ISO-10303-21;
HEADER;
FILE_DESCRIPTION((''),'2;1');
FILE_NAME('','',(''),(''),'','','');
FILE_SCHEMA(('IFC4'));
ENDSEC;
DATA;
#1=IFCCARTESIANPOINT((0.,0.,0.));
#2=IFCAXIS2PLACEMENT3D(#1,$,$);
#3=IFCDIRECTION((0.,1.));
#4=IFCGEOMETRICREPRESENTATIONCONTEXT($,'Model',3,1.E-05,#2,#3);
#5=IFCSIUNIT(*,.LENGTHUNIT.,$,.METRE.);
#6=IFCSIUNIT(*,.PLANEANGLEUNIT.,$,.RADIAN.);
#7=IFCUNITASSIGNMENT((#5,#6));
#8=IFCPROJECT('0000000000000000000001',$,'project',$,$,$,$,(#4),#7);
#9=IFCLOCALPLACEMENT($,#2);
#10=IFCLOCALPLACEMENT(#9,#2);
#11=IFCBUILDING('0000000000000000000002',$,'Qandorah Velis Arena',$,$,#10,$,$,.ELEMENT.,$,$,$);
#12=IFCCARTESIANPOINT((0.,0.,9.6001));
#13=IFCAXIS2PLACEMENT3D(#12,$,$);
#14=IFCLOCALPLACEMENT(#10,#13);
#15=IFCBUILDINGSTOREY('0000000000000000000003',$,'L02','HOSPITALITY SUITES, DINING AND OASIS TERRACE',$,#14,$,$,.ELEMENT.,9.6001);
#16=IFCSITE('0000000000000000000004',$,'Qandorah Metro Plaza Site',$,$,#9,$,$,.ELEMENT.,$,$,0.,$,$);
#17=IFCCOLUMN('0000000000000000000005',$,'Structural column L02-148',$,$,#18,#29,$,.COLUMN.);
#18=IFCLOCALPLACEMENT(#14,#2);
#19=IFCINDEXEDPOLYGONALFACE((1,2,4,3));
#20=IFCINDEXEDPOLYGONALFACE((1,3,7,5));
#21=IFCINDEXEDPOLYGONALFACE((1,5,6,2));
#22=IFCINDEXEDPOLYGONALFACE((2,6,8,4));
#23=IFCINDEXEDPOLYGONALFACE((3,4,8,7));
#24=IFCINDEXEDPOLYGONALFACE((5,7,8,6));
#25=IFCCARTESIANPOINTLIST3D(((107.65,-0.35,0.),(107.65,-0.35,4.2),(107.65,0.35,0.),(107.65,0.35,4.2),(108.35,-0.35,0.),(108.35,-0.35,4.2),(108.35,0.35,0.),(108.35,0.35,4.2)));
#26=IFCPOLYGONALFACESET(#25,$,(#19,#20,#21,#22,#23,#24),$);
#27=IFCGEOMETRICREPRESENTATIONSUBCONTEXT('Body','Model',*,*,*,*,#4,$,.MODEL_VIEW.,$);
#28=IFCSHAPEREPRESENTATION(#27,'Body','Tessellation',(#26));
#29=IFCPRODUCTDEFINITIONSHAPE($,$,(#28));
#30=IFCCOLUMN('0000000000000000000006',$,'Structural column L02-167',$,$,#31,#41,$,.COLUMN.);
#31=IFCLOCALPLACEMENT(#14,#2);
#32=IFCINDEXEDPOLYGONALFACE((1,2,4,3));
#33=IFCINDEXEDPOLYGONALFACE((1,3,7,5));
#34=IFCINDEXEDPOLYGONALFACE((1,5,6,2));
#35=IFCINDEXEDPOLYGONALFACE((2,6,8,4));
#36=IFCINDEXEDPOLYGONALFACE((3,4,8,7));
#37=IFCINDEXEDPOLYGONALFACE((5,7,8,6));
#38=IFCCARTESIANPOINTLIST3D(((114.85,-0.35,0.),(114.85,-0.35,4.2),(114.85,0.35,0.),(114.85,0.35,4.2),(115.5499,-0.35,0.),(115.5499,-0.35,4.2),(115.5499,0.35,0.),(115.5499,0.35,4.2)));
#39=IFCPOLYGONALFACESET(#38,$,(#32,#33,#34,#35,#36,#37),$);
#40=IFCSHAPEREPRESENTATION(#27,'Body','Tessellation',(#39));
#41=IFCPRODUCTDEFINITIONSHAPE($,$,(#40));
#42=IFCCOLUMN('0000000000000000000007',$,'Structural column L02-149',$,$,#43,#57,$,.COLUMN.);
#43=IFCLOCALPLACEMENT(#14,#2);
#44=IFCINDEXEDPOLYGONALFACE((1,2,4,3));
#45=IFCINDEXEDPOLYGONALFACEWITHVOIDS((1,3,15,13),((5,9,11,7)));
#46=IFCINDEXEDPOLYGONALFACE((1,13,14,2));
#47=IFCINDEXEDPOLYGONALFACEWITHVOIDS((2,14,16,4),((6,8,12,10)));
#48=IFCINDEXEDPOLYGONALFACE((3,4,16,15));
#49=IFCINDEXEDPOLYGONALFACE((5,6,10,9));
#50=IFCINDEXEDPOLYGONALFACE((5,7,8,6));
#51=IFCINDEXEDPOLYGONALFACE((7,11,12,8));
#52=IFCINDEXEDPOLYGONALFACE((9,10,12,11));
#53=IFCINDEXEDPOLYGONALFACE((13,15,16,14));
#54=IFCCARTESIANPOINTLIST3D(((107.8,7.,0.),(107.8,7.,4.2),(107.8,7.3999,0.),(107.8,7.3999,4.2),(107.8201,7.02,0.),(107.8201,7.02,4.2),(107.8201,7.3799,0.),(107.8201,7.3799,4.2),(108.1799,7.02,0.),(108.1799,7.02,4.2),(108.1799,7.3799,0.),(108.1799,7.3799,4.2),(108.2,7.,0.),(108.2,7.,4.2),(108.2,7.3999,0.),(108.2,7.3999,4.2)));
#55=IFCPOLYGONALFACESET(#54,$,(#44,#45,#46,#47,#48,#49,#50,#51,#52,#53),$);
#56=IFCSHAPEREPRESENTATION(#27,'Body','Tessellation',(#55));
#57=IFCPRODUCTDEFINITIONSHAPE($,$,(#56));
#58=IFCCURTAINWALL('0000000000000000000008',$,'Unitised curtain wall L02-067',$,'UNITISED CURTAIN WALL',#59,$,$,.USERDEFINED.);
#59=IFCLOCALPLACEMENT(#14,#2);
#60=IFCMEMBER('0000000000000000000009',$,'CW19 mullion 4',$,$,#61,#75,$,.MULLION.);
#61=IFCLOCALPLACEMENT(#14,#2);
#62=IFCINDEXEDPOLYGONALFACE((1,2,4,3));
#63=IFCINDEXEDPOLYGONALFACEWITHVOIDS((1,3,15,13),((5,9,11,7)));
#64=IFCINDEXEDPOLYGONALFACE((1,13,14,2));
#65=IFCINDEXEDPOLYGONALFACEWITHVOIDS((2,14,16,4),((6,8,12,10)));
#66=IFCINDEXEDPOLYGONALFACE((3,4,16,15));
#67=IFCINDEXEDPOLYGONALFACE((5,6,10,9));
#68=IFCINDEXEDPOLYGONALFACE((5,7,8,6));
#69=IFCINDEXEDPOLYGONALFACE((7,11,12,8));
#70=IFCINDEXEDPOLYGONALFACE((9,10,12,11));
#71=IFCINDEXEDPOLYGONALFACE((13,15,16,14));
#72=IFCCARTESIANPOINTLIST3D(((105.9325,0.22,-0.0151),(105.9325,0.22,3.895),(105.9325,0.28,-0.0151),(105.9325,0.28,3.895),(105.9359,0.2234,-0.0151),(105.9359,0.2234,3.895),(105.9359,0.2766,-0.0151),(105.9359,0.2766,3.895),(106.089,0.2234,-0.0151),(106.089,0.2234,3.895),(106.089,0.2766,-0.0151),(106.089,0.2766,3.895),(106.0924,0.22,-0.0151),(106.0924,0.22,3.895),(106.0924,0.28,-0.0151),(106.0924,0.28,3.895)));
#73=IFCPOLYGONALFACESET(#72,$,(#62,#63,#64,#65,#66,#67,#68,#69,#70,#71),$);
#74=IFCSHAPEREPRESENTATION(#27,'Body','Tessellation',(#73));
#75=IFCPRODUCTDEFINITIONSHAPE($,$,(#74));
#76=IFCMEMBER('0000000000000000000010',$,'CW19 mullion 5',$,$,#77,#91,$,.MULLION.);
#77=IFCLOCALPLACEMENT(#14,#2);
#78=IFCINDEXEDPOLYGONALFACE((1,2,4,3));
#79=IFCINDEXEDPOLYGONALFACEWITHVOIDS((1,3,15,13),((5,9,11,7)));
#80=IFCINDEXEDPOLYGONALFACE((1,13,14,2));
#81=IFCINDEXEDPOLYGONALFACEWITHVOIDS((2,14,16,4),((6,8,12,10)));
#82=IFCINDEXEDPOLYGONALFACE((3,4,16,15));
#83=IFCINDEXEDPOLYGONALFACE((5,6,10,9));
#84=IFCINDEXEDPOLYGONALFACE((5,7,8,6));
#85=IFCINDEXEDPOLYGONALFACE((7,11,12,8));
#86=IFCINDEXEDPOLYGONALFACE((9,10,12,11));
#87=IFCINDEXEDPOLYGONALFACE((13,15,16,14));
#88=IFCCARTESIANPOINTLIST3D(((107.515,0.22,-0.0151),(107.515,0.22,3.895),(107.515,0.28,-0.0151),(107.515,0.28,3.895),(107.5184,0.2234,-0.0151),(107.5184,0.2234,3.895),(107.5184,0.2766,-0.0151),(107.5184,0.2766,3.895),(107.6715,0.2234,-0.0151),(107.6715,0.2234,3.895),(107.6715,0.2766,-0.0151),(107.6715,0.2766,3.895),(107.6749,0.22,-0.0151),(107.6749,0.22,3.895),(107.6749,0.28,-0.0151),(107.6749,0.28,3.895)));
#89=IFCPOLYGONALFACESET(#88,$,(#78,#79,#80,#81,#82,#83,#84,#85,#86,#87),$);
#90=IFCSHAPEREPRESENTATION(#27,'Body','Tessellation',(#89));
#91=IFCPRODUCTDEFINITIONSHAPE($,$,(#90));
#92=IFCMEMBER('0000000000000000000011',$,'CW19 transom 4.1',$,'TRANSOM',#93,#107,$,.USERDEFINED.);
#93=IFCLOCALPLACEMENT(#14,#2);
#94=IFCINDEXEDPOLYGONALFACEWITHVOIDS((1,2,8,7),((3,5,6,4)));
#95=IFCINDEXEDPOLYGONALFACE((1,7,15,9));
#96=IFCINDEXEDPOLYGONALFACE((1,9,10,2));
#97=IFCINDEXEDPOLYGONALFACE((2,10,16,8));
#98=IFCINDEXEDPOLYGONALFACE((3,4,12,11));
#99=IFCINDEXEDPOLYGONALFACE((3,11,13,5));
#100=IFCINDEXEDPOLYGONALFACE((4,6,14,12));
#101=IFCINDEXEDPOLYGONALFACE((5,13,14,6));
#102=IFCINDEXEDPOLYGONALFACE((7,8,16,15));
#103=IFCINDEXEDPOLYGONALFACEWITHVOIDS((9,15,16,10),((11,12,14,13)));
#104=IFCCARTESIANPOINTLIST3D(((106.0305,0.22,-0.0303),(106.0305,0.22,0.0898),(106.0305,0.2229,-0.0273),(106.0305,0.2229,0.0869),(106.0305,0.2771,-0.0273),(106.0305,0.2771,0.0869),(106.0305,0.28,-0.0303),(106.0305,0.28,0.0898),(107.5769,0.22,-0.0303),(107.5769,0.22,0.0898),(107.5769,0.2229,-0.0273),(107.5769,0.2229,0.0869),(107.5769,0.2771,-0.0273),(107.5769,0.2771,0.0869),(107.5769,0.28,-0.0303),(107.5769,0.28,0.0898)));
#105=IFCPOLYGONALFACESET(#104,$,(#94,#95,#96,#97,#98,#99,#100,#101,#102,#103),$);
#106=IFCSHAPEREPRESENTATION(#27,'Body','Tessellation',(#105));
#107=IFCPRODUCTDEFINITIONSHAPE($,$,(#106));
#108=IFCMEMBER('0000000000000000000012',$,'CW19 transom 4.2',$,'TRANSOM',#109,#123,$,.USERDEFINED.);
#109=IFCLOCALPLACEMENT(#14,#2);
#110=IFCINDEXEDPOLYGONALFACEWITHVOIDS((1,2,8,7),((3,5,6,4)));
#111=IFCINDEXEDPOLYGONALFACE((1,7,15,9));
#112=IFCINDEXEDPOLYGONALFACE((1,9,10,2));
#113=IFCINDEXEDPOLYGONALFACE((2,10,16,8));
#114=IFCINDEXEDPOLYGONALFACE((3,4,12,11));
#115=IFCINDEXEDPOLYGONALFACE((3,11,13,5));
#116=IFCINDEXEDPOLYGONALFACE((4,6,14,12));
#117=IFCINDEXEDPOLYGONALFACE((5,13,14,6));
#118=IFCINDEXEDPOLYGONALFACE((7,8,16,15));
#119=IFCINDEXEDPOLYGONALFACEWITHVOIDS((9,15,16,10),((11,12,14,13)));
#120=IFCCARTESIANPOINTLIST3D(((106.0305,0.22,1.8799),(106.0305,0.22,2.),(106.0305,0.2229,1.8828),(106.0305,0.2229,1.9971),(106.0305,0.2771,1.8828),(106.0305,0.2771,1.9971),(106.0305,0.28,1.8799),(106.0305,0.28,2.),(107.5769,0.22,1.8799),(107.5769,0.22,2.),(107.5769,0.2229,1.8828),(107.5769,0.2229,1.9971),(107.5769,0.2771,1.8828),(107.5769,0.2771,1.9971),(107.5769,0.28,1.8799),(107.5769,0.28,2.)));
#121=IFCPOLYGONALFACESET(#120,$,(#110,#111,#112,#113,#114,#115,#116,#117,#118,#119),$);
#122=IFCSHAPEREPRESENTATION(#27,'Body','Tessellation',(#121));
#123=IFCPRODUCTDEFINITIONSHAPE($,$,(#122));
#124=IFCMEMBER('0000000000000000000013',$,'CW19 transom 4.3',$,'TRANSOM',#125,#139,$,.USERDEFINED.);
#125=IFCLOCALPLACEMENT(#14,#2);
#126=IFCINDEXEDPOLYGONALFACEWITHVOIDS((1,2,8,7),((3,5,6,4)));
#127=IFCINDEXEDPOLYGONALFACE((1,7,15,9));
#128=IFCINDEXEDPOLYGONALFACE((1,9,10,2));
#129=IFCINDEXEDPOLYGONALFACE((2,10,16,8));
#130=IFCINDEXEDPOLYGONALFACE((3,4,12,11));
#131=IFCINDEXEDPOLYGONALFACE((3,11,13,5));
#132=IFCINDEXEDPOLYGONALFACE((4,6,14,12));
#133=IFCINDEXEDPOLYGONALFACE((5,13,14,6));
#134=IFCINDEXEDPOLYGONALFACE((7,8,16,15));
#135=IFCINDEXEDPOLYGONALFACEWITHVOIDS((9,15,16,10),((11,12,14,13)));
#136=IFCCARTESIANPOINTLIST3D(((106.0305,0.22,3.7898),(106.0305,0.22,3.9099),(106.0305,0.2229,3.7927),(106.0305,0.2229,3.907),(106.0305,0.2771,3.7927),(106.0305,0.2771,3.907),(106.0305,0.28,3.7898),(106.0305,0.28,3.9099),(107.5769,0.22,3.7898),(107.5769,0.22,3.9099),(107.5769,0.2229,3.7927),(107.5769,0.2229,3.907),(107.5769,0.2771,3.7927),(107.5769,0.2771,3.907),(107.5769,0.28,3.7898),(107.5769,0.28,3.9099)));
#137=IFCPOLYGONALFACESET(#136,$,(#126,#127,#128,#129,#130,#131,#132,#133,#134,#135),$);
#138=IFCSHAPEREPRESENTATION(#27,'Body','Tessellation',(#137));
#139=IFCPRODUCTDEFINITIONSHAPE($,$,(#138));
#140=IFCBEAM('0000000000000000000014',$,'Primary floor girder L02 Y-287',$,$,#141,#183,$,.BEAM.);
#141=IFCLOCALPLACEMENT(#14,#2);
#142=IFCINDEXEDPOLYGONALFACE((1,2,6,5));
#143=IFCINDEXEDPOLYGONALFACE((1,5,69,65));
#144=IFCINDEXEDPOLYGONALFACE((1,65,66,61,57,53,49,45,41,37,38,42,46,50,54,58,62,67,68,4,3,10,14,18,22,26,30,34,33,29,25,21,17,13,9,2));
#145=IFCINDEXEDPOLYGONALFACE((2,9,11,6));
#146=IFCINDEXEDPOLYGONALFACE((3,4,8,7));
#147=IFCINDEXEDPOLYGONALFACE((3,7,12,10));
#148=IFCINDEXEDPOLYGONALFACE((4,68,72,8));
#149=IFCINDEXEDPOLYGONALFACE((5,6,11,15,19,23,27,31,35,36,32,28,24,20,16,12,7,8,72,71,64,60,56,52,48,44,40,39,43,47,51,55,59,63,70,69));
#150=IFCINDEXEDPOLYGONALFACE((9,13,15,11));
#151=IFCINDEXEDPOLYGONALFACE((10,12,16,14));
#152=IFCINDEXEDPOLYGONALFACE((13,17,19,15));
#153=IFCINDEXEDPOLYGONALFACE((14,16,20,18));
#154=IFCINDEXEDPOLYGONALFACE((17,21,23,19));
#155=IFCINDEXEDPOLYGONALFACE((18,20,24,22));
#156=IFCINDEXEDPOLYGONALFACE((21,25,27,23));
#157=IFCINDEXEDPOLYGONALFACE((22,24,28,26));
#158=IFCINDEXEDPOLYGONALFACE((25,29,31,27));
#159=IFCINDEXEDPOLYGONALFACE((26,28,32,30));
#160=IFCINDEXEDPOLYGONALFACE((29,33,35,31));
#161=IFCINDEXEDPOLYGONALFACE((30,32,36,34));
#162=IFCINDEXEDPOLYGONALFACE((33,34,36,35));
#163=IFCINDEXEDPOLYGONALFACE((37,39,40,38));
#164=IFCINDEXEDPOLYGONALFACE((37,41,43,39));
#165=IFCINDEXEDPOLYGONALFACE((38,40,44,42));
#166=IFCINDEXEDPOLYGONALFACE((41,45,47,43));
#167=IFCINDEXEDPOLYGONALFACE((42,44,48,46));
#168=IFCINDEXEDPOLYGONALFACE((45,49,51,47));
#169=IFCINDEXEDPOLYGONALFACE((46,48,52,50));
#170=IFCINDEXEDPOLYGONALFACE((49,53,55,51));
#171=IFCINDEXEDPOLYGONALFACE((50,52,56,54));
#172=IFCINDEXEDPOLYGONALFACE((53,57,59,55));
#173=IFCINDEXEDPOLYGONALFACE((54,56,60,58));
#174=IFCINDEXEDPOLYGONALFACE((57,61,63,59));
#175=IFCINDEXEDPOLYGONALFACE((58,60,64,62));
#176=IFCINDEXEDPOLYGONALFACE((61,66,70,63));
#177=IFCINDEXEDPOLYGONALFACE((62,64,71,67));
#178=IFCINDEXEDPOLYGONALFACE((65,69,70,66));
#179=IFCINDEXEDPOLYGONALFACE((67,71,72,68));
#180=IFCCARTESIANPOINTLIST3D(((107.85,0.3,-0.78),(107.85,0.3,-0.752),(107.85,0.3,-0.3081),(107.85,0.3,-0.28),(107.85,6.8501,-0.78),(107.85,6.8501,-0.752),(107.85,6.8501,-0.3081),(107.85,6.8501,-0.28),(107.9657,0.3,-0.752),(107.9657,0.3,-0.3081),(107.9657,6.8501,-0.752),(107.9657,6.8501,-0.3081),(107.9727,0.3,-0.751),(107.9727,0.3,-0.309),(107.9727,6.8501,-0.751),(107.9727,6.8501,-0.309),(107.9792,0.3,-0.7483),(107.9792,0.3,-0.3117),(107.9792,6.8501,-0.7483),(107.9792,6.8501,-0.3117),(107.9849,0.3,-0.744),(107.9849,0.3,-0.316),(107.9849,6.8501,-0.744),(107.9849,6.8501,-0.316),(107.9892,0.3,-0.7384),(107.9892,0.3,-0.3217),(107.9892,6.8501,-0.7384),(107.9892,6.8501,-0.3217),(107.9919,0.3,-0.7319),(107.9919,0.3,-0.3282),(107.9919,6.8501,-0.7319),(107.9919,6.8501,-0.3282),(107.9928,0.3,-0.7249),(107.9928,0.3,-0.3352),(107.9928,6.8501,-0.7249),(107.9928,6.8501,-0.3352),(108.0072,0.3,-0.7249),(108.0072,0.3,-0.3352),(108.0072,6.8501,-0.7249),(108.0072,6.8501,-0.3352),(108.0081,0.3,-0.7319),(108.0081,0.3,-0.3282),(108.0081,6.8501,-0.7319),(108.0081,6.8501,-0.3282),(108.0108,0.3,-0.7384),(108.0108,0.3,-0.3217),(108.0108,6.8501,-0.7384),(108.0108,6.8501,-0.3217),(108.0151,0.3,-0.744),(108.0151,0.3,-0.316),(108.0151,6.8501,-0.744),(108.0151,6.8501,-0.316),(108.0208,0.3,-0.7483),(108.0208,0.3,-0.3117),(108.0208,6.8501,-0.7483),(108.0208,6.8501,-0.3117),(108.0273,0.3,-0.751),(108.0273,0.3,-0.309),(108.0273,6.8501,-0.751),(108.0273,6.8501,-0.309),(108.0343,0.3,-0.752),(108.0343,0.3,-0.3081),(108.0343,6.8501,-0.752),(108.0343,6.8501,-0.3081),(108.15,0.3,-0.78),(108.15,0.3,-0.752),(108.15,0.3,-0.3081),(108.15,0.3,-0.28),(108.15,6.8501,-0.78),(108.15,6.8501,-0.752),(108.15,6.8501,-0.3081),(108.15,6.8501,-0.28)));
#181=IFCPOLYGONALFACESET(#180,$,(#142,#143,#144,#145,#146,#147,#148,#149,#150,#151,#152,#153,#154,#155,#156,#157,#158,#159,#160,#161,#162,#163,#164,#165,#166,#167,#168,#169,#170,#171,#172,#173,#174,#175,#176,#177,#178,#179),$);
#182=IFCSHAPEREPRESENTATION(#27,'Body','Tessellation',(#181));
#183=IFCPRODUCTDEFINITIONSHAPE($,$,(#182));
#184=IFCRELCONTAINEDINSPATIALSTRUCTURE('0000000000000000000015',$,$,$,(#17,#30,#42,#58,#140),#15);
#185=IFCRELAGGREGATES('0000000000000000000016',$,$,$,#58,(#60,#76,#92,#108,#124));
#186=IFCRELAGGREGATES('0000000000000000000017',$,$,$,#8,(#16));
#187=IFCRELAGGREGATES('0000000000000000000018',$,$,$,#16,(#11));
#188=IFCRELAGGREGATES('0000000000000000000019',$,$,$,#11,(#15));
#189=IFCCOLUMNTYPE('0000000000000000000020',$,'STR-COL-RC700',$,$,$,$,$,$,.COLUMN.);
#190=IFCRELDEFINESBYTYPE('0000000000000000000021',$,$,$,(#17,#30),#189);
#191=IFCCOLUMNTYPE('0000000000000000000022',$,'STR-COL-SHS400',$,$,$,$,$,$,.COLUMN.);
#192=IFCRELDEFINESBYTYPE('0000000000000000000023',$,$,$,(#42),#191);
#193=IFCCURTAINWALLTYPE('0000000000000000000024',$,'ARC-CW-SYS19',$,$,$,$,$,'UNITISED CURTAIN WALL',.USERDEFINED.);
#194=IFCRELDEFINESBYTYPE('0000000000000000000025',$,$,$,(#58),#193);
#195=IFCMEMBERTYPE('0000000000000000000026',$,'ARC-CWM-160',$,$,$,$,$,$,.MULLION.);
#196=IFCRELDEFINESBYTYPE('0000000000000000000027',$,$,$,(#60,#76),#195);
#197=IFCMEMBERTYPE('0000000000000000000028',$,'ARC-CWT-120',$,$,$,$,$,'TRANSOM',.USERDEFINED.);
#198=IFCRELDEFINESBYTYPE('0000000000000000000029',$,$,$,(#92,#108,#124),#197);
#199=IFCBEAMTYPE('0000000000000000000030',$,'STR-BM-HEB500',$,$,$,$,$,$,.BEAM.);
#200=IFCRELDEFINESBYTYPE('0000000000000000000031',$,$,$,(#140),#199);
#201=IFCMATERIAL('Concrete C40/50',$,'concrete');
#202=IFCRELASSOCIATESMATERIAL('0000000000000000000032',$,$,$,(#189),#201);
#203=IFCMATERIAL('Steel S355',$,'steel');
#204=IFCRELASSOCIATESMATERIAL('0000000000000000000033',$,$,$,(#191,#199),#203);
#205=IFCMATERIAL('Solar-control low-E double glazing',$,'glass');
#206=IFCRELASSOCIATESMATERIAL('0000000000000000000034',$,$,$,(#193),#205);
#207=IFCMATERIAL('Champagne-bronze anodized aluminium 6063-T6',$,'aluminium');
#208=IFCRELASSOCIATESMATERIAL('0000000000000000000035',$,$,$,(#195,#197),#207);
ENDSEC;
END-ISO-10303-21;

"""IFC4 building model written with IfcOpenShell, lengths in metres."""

from ifc_helpers import new_model, si_unit, direction, frame, origin, origin_2d, place, context, subcontext, project, spatial, rectangle, hollow_rectangle, i_section, extrude, material, material_profile, profile_set, type_object, element, aggregate, save


model = new_model("IFC4")

# Units and contexts
model_context = context("Model", 3, precision=1e-05, world=origin(), true_north=direction((0.0, 1.0)))
body_context = subcontext(model_context, "Body", "Model", "MODEL_VIEW")
ifc_project = project(units=[si_unit("LENGTHUNIT", "METRE"), si_unit("PLANEANGLEUNIT", "RADIAN")], contexts=[model_context])

# Site, building, storey
site_placement = place(None, origin())
site = spatial("IfcSite", under=ifc_project, at=site_placement, Name="Qandorah Metro Plaza Site", CompositionType="ELEMENT", RefElevation=0.0)
building_placement = place(site_placement, origin())
building = spatial("IfcBuilding", under=site, at=building_placement, Name="Qandorah Velis Arena", CompositionType="ELEMENT")
storey_placement = place(building_placement, frame((0.0, 0.0, 9.6001)))
storey = spatial("IfcBuildingStorey", under=building, at=storey_placement, Name="L02", Description="HOSPITALITY SUITES, DINING AND OASIS TERRACE", CompositionType="ELEMENT", Elevation=9.6001)

# Columns
ifc_material_1 = material(Name="Concrete C40/50", Category="concrete")
ifc_material_profile_1 = material_profile(ifc_material_1, rectangle(XDim=0.7, YDim=0.7, at=origin_2d()), Name="RC COL 700x700")
ifc_profile_set_1 = profile_set([ifc_material_profile_1], Name="Concrete C40/50")
column_type_1 = type_object("IfcColumnType", Name="STR-COL-RC700", PredefinedType="COLUMN", material=ifc_profile_set_1)
for number, where, z_axis, x_axis, name in (
    (1, (108.0, 0.0, 0.0), (0.0, 0.0, 1.0), (1.0, 0.0, 0.0), "Structural column L02-148"),
    (2, (115.2, 0.0, 0.0), (0.0, 0.0, 1.0), (1.0, 0.0, 0.0), "Structural column L02-167"),
):
    element("IfcColumn", number, at=place(storey_placement, frame(where, z_axis=z_axis, x_axis=x_axis)), inside=storey, type_object=column_type_1, Name=name, PredefinedType="COLUMN", context=body_context, shape_type="SweptSolid", body=[
        extrude(rectangle(XDim=0.7, YDim=0.7, at=origin_2d()), origin(), (0.0, 0.0, 1.0), 4.2),
    ])
ifc_material_2 = material(Name="Steel S355", Category="steel")
ifc_material_profile_2 = material_profile(ifc_material_2, hollow_rectangle(XDim=0.3999, YDim=0.3999, WallThickness=0.02, at=origin_2d()), Name="SHS 400x400x20")
ifc_profile_set_2 = profile_set([ifc_material_profile_2], Name="Steel S355")
column_type_2 = type_object("IfcColumnType", Name="STR-COL-SHS400", PredefinedType="COLUMN", material=ifc_profile_set_2)
column_placement = place(storey_placement, frame((108.0, 7.2, 0.0), z_axis=(0.0, 0.0, 1.0), x_axis=(1.0, 0.0, 0.0)))
element("IfcColumn", 3, at=column_placement, inside=storey, type_object=column_type_2, Name="Structural column L02-149", PredefinedType="COLUMN", context=body_context, shape_type="SweptSolid", body=[
    extrude(hollow_rectangle(XDim=0.3999, YDim=0.3999, WallThickness=0.02, at=origin_2d()), origin(), (0.0, 0.0, 1.0), 4.2),
])

# Curtain wall, members
ifc_material_3 = material(Name="Solar-control low-E double glazing", Category="glass")
curtain_wall_type = type_object("IfcCurtainWallType", Name="ARC-CW-SYS19", ElementType="UNITISED CURTAIN WALL", PredefinedType="USERDEFINED", material=ifc_material_3)
curtain_wall_placement = place(storey_placement, origin())
curtain_wall = element("IfcCurtainWall", 4, at=curtain_wall_placement, inside=storey, type_object=curtain_wall_type, Name="Unitised curtain wall L02-067", ObjectType="UNITISED CURTAIN WALL", PredefinedType="USERDEFINED")
ifc_material_4 = material(Name="Champagne-bronze anodized aluminium 6063-T6", Category="aluminium")
ifc_material_profile_3 = material_profile(ifc_material_4, hollow_rectangle(XDim=0.0601, YDim=0.1599, WallThickness=0.0034, at=origin_2d()), Name="ALU MULLION 60x160")
ifc_profile_set_3 = profile_set([ifc_material_profile_3], Name="Champagne-bronze anodized aluminium 6063-T6")
member_type_1 = type_object("IfcMemberType", Name="ARC-CWM-160", PredefinedType="MULLION", material=ifc_profile_set_3)
member_1_placement = place(storey_placement, frame((106.0125, 0.25, -0.0151), z_axis=(0.0, 0.0, 1.0), x_axis=(0.0, 1.0, 0.0)))
member_1 = element("IfcMember", 5, at=member_1_placement, type_object=member_type_1, Name="CW19 mullion 4", PredefinedType="MULLION", context=body_context, shape_type="SweptSolid", body=[
    extrude(hollow_rectangle(XDim=0.0601, YDim=0.1599, WallThickness=0.0034, at=origin_2d()), origin(), (0.0, 0.0, 1.0), 3.9102),
])
member_2_placement = place(storey_placement, frame((107.595, 0.25, -0.0151), z_axis=(0.0, 0.0, 1.0), x_axis=(0.0, 1.0, 0.0)))
member_2 = element("IfcMember", 6, at=member_2_placement, type_object=member_type_1, Name="CW19 mullion 5", PredefinedType="MULLION", context=body_context, shape_type="SweptSolid", body=[
    extrude(hollow_rectangle(XDim=0.0601, YDim=0.1599, WallThickness=0.0034, at=origin_2d()), origin(), (0.0, 0.0, 1.0), 3.9102),
])
ifc_material_profile_4 = material_profile(ifc_material_4, hollow_rectangle(XDim=0.0601, YDim=0.1201, WallThickness=0.0029, at=origin_2d()), Name="ALU TRANSOM 60x120")
ifc_profile_set_4 = profile_set([ifc_material_profile_4], Name="Champagne-bronze anodized aluminium 6063-T6")
member_type_2 = type_object("IfcMemberType", Name="ARC-CWT-120", ElementType="TRANSOM", PredefinedType="USERDEFINED", material=ifc_profile_set_4)
member_3_placement = place(storey_placement, frame((106.0305, 0.25, 0.0298), z_axis=(1.0, 0.0, 0.0), x_axis=(0.0, 1.0, 0.0)))
member_3 = element("IfcMember", 7, at=member_3_placement, type_object=member_type_2, Name="CW19 transom 4.1", ObjectType="TRANSOM", PredefinedType="USERDEFINED", context=body_context, shape_type="SweptSolid", body=[
    extrude(hollow_rectangle(XDim=0.0601, YDim=0.1201, WallThickness=0.0029, at=origin_2d()), origin(), (0.0, 0.0, 1.0), 1.5464),
])
member_4_placement = place(storey_placement, frame((106.0305, 0.25, 1.9399), z_axis=(1.0, 0.0, 0.0), x_axis=(0.0, 1.0, 0.0)))
member_4 = element("IfcMember", 8, at=member_4_placement, type_object=member_type_2, Name="CW19 transom 4.2", ObjectType="TRANSOM", PredefinedType="USERDEFINED", context=body_context, shape_type="SweptSolid", body=[
    extrude(hollow_rectangle(XDim=0.0601, YDim=0.1201, WallThickness=0.0029, at=origin_2d()), origin(), (0.0, 0.0, 1.0), 1.5464),
])
member_5_placement = place(storey_placement, frame((106.0305, 0.25, 3.8499), z_axis=(1.0, 0.0, 0.0), x_axis=(0.0, 1.0, 0.0)))
member_5 = element("IfcMember", 9, at=member_5_placement, type_object=member_type_2, Name="CW19 transom 4.3", ObjectType="TRANSOM", PredefinedType="USERDEFINED", context=body_context, shape_type="SweptSolid", body=[
    extrude(hollow_rectangle(XDim=0.0601, YDim=0.1201, WallThickness=0.0029, at=origin_2d()), origin(), (0.0, 0.0, 1.0), 1.5464),
])

# Beam
ifc_material_profile_5 = material_profile(ifc_material_2, i_section(OverallWidth=0.3, OverallDepth=0.5, WebThickness=0.0144, FlangeThickness=0.0281, FilletRadius=0.0271, at=origin_2d()), Name="HEB 500")
ifc_profile_set_5 = profile_set([ifc_material_profile_5], Name="Steel S355")
beam_type_1 = type_object("IfcBeamType", Name="STR-BM-HEB500", PredefinedType="BEAM", material=ifc_profile_set_5)
beam_1_placement = place(storey_placement, frame((108.0, 0.3, -0.53), z_axis=(0.0, 1.0, 0.0), x_axis=(-1.0, 0.0, 0.0)))
element("IfcBeam", 10, at=beam_1_placement, inside=storey, type_object=beam_type_1, Name="Primary floor girder L02 Y-287", PredefinedType="BEAM", context=body_context, shape_type="SweptSolid", body=[
    extrude(i_section(OverallWidth=0.3, OverallDepth=0.5, WebThickness=0.0144, FlangeThickness=0.0281, FilletRadius=0.0271, at=origin_2d()), origin(), (0.0, 0.0, 1.0), 6.55),
])

aggregate(curtain_wall, [member_1, member_2, member_3, member_4, member_5])

save(model, "model.ifc")
